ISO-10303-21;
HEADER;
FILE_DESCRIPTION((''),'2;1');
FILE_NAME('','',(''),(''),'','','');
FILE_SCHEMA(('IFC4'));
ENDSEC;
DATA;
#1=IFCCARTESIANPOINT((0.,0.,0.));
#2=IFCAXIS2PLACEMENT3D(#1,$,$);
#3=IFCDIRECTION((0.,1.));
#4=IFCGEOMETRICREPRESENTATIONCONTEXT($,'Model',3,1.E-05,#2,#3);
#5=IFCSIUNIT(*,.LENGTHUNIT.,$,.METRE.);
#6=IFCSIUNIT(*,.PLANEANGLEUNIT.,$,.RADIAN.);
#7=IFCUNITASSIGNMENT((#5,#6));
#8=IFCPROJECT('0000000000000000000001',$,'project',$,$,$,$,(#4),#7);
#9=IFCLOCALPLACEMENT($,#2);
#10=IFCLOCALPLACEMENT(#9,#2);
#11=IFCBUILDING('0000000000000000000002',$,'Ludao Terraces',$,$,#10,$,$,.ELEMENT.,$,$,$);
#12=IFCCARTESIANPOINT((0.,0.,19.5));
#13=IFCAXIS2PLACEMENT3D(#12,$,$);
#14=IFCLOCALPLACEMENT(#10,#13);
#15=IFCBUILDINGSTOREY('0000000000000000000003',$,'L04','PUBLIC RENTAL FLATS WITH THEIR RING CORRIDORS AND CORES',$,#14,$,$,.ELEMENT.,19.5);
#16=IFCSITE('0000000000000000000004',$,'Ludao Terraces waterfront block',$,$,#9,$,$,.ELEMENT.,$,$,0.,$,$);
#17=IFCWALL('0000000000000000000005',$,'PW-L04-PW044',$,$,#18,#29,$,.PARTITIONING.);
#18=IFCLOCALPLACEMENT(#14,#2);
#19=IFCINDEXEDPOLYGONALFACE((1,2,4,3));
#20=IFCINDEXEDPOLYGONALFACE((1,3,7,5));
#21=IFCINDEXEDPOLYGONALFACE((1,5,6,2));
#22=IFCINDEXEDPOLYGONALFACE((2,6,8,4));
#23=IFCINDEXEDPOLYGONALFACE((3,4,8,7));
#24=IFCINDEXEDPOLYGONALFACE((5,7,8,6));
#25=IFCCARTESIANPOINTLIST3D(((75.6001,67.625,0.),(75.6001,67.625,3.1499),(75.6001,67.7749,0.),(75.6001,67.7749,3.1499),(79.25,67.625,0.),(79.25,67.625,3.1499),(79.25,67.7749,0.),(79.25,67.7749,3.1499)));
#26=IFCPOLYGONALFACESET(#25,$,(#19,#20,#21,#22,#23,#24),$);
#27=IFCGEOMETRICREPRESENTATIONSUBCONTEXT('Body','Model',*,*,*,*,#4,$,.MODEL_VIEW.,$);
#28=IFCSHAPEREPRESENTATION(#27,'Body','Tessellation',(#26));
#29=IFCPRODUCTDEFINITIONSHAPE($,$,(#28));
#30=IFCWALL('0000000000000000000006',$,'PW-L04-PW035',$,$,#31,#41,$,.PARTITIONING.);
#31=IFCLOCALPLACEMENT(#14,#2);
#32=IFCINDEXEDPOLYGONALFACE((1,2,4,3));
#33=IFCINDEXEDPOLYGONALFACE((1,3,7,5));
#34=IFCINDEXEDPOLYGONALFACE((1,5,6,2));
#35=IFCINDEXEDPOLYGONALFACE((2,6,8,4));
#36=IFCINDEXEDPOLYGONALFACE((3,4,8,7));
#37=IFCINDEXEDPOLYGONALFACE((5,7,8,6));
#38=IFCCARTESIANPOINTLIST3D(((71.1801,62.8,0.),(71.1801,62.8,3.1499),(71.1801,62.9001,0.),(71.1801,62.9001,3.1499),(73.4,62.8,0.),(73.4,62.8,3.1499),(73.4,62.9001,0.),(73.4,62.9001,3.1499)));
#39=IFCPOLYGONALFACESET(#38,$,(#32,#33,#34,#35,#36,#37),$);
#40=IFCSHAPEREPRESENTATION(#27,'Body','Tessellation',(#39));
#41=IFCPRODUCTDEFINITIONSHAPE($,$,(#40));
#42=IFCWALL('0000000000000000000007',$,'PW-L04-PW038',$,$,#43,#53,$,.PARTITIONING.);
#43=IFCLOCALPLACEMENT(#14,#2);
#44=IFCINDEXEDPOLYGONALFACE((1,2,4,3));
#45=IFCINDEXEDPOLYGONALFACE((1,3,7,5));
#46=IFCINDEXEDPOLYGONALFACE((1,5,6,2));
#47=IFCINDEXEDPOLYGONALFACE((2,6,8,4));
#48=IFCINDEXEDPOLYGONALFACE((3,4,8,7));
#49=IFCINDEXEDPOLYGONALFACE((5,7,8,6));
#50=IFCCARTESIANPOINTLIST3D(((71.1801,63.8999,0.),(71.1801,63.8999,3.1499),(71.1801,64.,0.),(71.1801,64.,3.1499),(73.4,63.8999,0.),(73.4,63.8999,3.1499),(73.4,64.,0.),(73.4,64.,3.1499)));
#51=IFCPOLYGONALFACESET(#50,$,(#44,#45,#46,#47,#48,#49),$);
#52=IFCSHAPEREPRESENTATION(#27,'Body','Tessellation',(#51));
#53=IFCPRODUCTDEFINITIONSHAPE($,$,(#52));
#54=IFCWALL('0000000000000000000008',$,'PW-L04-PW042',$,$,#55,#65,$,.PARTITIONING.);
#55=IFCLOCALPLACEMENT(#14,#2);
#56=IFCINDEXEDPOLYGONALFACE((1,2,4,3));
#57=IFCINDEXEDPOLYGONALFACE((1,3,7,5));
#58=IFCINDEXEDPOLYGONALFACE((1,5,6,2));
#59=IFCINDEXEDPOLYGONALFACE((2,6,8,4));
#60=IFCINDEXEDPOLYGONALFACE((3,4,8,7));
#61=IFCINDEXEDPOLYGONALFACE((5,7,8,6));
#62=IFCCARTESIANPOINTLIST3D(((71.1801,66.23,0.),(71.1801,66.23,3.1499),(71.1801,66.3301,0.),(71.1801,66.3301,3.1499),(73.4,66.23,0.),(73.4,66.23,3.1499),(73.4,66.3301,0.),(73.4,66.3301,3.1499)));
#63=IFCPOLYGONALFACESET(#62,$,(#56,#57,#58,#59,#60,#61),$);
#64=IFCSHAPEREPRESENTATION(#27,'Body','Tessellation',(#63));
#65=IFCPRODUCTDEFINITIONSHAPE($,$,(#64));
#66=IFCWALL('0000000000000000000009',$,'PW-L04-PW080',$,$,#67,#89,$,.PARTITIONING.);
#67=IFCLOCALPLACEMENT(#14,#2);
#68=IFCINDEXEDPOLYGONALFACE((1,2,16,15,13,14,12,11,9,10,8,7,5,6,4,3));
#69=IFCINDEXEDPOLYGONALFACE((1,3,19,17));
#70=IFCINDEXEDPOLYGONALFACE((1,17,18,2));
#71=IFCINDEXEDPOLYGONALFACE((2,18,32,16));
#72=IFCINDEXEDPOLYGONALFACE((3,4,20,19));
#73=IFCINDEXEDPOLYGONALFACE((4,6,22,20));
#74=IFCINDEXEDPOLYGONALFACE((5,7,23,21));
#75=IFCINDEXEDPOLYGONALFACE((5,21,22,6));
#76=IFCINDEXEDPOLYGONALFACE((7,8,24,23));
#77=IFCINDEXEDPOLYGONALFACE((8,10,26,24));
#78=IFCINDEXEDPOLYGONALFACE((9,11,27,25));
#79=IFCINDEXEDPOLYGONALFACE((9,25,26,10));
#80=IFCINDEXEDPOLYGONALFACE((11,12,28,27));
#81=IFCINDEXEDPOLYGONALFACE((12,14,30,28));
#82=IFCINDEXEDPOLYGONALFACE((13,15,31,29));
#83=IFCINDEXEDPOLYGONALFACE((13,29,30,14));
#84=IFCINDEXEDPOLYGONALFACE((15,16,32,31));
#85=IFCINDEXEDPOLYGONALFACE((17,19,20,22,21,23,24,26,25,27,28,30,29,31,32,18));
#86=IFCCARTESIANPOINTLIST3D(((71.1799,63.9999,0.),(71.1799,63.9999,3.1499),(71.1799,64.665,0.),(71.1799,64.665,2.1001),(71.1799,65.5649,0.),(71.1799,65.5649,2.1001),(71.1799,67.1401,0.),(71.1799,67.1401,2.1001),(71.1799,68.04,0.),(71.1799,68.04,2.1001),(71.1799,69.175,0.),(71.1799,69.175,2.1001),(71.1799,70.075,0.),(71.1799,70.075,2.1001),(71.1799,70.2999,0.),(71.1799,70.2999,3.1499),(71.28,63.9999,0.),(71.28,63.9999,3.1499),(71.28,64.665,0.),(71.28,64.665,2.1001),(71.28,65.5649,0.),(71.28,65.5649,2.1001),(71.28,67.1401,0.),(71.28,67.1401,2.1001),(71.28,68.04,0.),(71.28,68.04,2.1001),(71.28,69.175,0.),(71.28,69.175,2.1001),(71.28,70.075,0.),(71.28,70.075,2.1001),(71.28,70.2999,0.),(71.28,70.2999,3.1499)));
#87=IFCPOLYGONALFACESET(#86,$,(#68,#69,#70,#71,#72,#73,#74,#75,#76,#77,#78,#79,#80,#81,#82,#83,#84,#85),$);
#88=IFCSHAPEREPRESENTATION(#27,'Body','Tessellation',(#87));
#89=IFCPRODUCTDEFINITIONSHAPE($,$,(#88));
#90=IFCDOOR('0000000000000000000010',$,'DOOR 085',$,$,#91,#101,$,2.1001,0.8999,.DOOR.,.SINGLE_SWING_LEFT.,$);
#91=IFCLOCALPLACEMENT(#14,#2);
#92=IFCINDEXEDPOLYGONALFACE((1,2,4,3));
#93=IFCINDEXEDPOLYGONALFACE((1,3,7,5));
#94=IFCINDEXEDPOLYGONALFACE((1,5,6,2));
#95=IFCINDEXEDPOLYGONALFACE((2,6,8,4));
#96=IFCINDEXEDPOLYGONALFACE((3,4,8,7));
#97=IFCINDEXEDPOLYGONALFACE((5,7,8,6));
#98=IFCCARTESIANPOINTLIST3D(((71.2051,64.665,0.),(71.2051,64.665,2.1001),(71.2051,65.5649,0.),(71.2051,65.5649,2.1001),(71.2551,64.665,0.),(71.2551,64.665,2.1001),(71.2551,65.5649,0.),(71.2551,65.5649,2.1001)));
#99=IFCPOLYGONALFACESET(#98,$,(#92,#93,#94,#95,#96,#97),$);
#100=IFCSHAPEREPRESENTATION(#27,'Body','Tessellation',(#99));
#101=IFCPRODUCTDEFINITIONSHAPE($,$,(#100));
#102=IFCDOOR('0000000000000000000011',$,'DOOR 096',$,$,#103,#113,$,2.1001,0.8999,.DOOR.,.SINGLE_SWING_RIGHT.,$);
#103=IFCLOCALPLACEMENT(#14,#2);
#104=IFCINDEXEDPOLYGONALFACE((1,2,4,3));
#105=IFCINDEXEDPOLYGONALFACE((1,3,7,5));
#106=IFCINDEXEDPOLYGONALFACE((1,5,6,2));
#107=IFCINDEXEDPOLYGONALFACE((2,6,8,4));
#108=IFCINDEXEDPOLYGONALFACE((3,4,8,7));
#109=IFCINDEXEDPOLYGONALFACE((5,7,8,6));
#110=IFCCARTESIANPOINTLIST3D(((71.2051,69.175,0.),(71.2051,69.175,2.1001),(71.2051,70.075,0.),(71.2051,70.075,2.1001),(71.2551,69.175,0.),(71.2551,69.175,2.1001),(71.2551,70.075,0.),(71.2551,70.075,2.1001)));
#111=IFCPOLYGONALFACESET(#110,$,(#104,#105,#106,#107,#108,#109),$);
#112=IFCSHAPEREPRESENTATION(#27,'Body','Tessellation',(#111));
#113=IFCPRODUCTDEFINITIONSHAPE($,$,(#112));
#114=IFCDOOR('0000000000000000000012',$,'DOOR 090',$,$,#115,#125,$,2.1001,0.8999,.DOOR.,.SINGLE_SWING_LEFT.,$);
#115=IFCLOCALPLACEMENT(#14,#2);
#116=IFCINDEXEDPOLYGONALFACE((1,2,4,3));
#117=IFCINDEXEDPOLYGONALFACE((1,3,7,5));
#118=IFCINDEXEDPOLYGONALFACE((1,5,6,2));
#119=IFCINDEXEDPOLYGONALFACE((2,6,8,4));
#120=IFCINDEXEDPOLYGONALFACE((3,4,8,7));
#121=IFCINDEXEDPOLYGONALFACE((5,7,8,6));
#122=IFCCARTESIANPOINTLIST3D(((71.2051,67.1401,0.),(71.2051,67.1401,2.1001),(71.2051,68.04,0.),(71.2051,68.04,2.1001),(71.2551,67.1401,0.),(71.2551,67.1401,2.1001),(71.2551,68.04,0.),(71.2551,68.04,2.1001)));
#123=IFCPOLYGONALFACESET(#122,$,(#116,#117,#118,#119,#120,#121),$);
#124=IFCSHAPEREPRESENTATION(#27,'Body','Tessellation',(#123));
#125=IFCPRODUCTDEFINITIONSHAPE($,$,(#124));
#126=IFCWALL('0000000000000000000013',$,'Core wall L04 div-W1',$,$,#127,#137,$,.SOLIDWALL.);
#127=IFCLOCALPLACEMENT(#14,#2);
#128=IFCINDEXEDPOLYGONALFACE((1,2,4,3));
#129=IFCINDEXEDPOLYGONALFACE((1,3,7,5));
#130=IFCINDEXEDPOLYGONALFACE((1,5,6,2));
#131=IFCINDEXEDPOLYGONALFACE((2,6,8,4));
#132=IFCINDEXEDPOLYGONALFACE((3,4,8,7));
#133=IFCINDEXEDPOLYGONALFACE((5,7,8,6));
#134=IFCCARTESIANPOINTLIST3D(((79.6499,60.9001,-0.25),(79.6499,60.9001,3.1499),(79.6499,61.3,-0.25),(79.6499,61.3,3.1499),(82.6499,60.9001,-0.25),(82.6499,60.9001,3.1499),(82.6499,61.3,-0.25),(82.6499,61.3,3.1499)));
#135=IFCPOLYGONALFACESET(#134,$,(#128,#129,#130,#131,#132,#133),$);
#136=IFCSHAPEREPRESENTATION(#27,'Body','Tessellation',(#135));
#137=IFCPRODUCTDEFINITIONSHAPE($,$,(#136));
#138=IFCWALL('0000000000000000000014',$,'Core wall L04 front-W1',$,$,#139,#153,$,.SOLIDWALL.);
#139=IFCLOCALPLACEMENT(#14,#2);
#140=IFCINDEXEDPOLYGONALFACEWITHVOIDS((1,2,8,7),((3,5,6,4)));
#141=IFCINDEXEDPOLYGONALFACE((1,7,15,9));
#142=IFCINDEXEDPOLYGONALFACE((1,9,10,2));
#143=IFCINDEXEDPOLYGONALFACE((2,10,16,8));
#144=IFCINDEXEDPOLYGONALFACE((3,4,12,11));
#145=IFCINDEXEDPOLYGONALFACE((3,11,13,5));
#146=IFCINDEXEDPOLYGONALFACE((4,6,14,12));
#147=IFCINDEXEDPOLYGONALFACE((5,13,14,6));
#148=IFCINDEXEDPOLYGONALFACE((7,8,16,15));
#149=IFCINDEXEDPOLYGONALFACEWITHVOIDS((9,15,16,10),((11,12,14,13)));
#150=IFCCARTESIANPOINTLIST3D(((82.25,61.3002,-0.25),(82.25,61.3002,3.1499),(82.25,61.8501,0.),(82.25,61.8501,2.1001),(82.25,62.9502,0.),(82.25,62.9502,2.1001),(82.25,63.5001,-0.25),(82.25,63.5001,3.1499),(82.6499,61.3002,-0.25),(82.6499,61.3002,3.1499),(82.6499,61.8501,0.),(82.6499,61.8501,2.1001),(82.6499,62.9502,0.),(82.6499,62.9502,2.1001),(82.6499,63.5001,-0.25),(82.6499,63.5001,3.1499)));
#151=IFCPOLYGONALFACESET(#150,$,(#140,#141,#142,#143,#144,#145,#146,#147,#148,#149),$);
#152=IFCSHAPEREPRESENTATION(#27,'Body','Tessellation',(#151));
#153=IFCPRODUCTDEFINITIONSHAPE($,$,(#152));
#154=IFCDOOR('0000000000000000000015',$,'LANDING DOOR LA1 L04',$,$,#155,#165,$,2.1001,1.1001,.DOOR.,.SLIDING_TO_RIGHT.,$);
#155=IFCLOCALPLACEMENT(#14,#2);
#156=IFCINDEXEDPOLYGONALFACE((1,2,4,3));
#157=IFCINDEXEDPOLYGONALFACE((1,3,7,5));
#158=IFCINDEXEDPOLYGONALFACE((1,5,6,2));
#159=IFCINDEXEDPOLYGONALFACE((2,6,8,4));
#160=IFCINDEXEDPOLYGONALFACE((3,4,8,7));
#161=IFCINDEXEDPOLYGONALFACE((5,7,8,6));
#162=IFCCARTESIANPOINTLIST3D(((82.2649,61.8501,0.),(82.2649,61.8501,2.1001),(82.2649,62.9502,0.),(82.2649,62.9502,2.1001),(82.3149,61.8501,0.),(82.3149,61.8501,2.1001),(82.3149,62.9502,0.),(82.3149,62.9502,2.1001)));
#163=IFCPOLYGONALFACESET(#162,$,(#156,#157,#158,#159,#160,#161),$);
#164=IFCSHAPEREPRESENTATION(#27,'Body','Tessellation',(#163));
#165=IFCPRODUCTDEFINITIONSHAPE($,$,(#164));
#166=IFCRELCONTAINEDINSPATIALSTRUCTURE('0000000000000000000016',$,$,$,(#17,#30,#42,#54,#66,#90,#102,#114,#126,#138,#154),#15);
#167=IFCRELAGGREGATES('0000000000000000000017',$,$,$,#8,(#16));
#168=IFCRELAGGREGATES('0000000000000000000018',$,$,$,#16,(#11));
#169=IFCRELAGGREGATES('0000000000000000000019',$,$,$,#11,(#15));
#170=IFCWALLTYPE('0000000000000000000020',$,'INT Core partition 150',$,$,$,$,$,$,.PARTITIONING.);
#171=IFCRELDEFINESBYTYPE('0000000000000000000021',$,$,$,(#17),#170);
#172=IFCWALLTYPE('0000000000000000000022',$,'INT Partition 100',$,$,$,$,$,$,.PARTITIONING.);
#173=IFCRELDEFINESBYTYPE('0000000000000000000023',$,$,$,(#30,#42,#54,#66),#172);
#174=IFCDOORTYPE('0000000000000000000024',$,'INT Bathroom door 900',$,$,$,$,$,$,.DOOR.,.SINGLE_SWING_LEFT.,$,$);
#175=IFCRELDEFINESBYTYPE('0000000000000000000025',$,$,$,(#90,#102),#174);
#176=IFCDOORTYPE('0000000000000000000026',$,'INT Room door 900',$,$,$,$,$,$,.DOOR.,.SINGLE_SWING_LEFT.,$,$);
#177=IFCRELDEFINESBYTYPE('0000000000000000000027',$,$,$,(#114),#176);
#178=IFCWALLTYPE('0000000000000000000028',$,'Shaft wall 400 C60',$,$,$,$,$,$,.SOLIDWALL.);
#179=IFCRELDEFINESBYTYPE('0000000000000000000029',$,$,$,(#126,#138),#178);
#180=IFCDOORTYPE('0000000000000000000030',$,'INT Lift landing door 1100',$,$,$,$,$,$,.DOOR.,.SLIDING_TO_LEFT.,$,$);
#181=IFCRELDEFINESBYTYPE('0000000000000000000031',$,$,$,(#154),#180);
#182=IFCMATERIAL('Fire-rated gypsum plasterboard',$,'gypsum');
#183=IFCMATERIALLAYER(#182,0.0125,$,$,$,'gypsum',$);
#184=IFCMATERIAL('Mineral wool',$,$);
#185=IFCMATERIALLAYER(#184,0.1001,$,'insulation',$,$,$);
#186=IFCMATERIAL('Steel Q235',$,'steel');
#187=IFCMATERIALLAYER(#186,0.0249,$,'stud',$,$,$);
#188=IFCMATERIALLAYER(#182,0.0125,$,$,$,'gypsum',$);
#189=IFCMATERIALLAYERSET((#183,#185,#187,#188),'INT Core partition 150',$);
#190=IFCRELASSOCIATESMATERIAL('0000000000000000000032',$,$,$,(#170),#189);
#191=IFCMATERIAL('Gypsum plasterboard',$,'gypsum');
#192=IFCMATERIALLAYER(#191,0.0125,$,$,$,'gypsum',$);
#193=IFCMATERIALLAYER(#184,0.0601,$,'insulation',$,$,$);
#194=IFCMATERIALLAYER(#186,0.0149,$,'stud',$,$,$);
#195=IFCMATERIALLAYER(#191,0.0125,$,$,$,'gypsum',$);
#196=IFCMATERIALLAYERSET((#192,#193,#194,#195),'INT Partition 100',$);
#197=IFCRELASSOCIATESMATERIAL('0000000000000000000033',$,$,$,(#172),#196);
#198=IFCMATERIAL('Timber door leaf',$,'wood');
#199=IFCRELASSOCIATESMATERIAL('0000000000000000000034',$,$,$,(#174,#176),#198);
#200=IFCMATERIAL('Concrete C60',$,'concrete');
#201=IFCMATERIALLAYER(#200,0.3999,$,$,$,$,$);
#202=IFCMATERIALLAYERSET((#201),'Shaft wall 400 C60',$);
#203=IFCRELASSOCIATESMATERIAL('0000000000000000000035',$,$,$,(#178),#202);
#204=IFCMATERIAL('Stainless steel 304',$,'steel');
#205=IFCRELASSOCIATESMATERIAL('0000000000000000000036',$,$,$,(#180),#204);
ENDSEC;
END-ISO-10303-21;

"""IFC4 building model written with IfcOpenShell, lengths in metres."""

from ifc_helpers import new_model, si_unit, direction, frame, frame_2d, origin, place, context, subcontext, project, spatial, rectangle, extrude, material, layer, layer_set, type_object, element, fill, save


model = new_model("IFC4")

# Units and contexts
model_context = context("Model", 3, precision=1e-05, world=origin(), true_north=direction((0.0, 1.0)))
body_context = subcontext(model_context, "Body", "Model", "MODEL_VIEW")
ifc_project = project(units=[si_unit("LENGTHUNIT", "METRE"), si_unit("PLANEANGLEUNIT", "RADIAN")], contexts=[model_context])

# Site, building, storey
site_placement = place(None, origin())
site = spatial("IfcSite", under=ifc_project, at=site_placement, Name="Ludao Terraces waterfront block", CompositionType="ELEMENT", RefElevation=0.0)
building_placement = place(site_placement, origin())
building = spatial("IfcBuilding", under=site, at=building_placement, Name="Ludao Terraces", CompositionType="ELEMENT")
storey_placement = place(building_placement, frame((0.0, 0.0, 19.5)))
storey = spatial("IfcBuildingStorey", under=building, at=storey_placement, Name="L04", Description="PUBLIC RENTAL FLATS WITH THEIR RING CORRIDORS AND CORES", CompositionType="ELEMENT", Elevation=19.5)

# Walls
ifc_material_1 = material(Name="Fire-rated gypsum plasterboard", Category="gypsum")
ifc_layer_1 = layer(ifc_material_1, 0.0125, Category="gypsum")
ifc_material_2 = material(Name="Mineral wool")
ifc_layer_2 = layer(ifc_material_2, 0.1001, Name="insulation")
ifc_material_3 = material(Name="Steel Q235", Category="steel")
ifc_layer_3 = layer(ifc_material_3, 0.0249, Name="stud")
ifc_layer_4 = layer(ifc_material_1, 0.0125, Category="gypsum")
ifc_layer_set_1 = layer_set([ifc_layer_1, ifc_layer_2, ifc_layer_3, ifc_layer_4], Name="INT Core partition 150")
wall_type_1 = type_object("IfcWallType", Name="INT Core partition 150", PredefinedType="PARTITIONING", material=ifc_layer_set_1)
wall_1_placement = place(storey_placement, frame((75.6001, 67.7, 0.0), z_axis=(0.0, 0.0, 1.0), x_axis=(1.0, 0.0, 0.0)))
element("IfcWall", 1, at=wall_1_placement, inside=storey, type_object=wall_type_1, Name="PW-L04-PW044", PredefinedType="PARTITIONING", context=body_context, shape_type="SweptSolid", body=[
    extrude(rectangle(XDim=3.6499, YDim=0.1499, at=frame_2d((1.825, 0.0))), origin(), (0.0, 0.0, 1.0), 3.1499),
])
ifc_material_4 = material(Name="Gypsum plasterboard", Category="gypsum")
ifc_layer_5 = layer(ifc_material_4, 0.0125, Category="gypsum")
ifc_layer_6 = layer(ifc_material_2, 0.0601, Name="insulation")
ifc_layer_7 = layer(ifc_material_3, 0.0149, Name="stud")
ifc_layer_8 = layer(ifc_material_4, 0.0125, Category="gypsum")
ifc_layer_set_2 = layer_set([ifc_layer_5, ifc_layer_6, ifc_layer_7, ifc_layer_8], Name="INT Partition 100")
wall_type_2 = type_object("IfcWallType", Name="INT Partition 100", PredefinedType="PARTITIONING", material=ifc_layer_set_2)
for number, where, z_axis, x_axis, name in (
    (2, (71.1802, 62.8501, 0.0), (0.0, 0.0, 1.0), (1.0, 0.0, 0.0), "PW-L04-PW035"),
    (3, (71.1802, 63.95, 0.0), (0.0, 0.0, 1.0), (1.0, 0.0, 0.0), "PW-L04-PW038"),
    (4, (71.1802, 66.28, 0.0), (0.0, 0.0, 1.0), (1.0, 0.0, 0.0), "PW-L04-PW042"),
):
    element("IfcWall", number, at=place(storey_placement, frame(where, z_axis=z_axis, x_axis=x_axis)), inside=storey, type_object=wall_type_2, Name=name, PredefinedType="PARTITIONING", context=body_context, shape_type="SweptSolid", body=[
        extrude(rectangle(XDim=2.22, YDim=0.1001, at=frame_2d((1.1099, 0.0))), origin(), (0.0, 0.0, 1.0), 3.1499),
    ])

# Wall, openings, doors
wall_2_placement = place(storey_placement, frame((71.23, 64.0, 0.0), z_axis=(0.0, 0.0, 1.0), x_axis=(0.0, 1.0, 0.0)))
wall_2 = element("IfcWall", 5, at=wall_2_placement, inside=storey, type_object=wall_type_2, Name="PW-L04-PW080", PredefinedType="PARTITIONING", context=body_context, shape_type="SweptSolid", body=[
    extrude(rectangle(XDim=6.3, YDim=0.1001, at=frame_2d((3.1499, 0.0))), origin(), (0.0, 0.0, 1.0), 3.1499),
])
opening_1_placement = place(wall_2_placement, frame((0.665, 0.0, 0.0)))
opening_1 = element("IfcOpeningElement", 6, at=opening_1_placement, cuts=wall_2, PredefinedType="OPENING", context=body_context, shape_type="SweptSolid", body=[
    extrude(rectangle(XDim=0.8999, YDim=2.1001, at=frame_2d((0.45, 1.05))), frame((0.0, 0.0601, 0.0), z_axis=(0.0, -1.0, 0.0), x_axis=(1.0, 0.0, 0.0)), (0.0, 0.0, 1.0), 0.1201),
])
opening_2_placement = place(wall_2_placement, frame((3.1401, 0.0, 0.0)))
opening_2 = element("IfcOpeningElement", 7, at=opening_2_placement, cuts=wall_2, PredefinedType="OPENING", context=body_context, shape_type="SweptSolid", body=[
    extrude(rectangle(XDim=0.8999, YDim=2.1001, at=frame_2d((0.45, 1.05))), frame((0.0, 0.0601, 0.0), z_axis=(0.0, -1.0, 0.0), x_axis=(1.0, 0.0, 0.0)), (0.0, 0.0, 1.0), 0.1201),
])
opening_3_placement = place(wall_2_placement, frame((5.175, 0.0, 0.0)))
opening_3 = element("IfcOpeningElement", 8, at=opening_3_placement, cuts=wall_2, PredefinedType="OPENING", context=body_context, shape_type="SweptSolid", body=[
    extrude(rectangle(XDim=0.8999, YDim=2.1001, at=frame_2d((0.45, 1.05))), frame((0.0, 0.0601, 0.0), z_axis=(0.0, -1.0, 0.0), x_axis=(1.0, 0.0, 0.0)), (0.0, 0.0, 1.0), 0.1201),
])
ifc_material_5 = material(Name="Timber door leaf", Category="wood")
door_type_1 = type_object("IfcDoorType", Name="INT Bathroom door 900", OperationType="SINGLE_SWING_LEFT", PredefinedType="DOOR", material=ifc_material_5)
door_1_placement = place(opening_1_placement, origin())
door_1 = element("IfcDoor", 9, at=door_1_placement, inside=storey, type_object=door_type_1, Name="DOOR 085", OperationType="SINGLE_SWING_LEFT", OverallHeight=2.1001, OverallWidth=0.8999, PredefinedType="DOOR", context=body_context, shape_type="SweptSolid", body=[
    extrude(rectangle(XDim=0.8999, YDim=2.1001, at=frame_2d((0.45, 1.05))), frame((0.0, 0.0249, 0.0), z_axis=(0.0, -1.0, 0.0), x_axis=(1.0, 0.0, 0.0)), (0.0, 0.0, 1.0), 0.05),
])
fill(opening_1, door_1)
door_2_placement = place(opening_3_placement, origin())
door_2 = element("IfcDoor", 10, at=door_2_placement, inside=storey, type_object=door_type_1, Name="DOOR 096", OperationType="SINGLE_SWING_RIGHT", OverallHeight=2.1001, OverallWidth=0.8999, PredefinedType="DOOR", context=body_context, shape_type="SweptSolid", body=[
    extrude(rectangle(XDim=0.8999, YDim=2.1001, at=frame_2d((0.45, 1.05))), frame((0.0, 0.0249, 0.0), z_axis=(0.0, -1.0, 0.0), x_axis=(1.0, 0.0, 0.0)), (0.0, 0.0, 1.0), 0.05),
])
fill(opening_3, door_2)
door_type_2 = type_object("IfcDoorType", Name="INT Room door 900", OperationType="SINGLE_SWING_LEFT", PredefinedType="DOOR", material=ifc_material_5)
door_3_placement = place(opening_2_placement, origin())
door_3 = element("IfcDoor", 11, at=door_3_placement, inside=storey, type_object=door_type_2, Name="DOOR 090", OperationType="SINGLE_SWING_LEFT", OverallHeight=2.1001, OverallWidth=0.8999, PredefinedType="DOOR", context=body_context, shape_type="SweptSolid", body=[
    extrude(rectangle(XDim=0.8999, YDim=2.1001, at=frame_2d((0.45, 1.05))), frame((0.0, 0.0249, 0.0), z_axis=(0.0, -1.0, 0.0), x_axis=(1.0, 0.0, 0.0)), (0.0, 0.0, 1.0), 0.05),
])
fill(opening_2, door_3)

# Wall
ifc_material_6 = material(Name="Concrete C60", Category="concrete")
ifc_layer_9 = layer(ifc_material_6, 0.3999)
ifc_layer_set_3 = layer_set([ifc_layer_9], Name="Shaft wall 400 C60")
wall_type_3 = type_object("IfcWallType", Name="Shaft wall 400 C60", PredefinedType="SOLIDWALL", material=ifc_layer_set_3)
wall_3_placement = place(storey_placement, frame((79.6499, 61.1001, -0.25), z_axis=(0.0, 0.0, 1.0), x_axis=(1.0, 0.0, 0.0)))
element("IfcWall", 12, at=wall_3_placement, inside=storey, type_object=wall_type_3, Name="Core wall L04 div-W1", PredefinedType="SOLIDWALL", context=body_context, shape_type="SweptSolid", body=[
    extrude(rectangle(XDim=3.0, YDim=0.3999, at=frame_2d((1.5, 0.0))), origin(), (0.0, 0.0, 1.0), 3.3999),
])

# Wall, opening, door
wall_4_placement = place(storey_placement, frame((82.45, 61.3, -0.25), z_axis=(0.0, 0.0, 1.0), x_axis=(0.0, 1.0, 0.0)))
wall_4 = element("IfcWall", 13, at=wall_4_placement, inside=storey, type_object=wall_type_3, Name="Core wall L04 front-W1", PredefinedType="SOLIDWALL", context=body_context, shape_type="SweptSolid", body=[
    extrude(rectangle(XDim=2.2, YDim=0.3999, at=frame_2d((1.1001, 0.0))), origin(), (0.0, 0.0, 1.0), 3.3999),
])
opening_4_placement = place(wall_4_placement, frame((0.55, 0.0, 0.25)))
opening_4 = element("IfcOpeningElement", 14, at=opening_4_placement, cuts=wall_4, PredefinedType="OPENING", context=body_context, shape_type="SweptSolid", body=[
    extrude(rectangle(XDim=1.1001, YDim=2.1001, at=frame_2d((0.55, 1.05))), frame((0.0, 0.21, 0.0), z_axis=(0.0, -1.0, 0.0), x_axis=(1.0, 0.0, 0.0)), (0.0, 0.0, 1.0), 0.4199),
])
ifc_material_7 = material(Name="Stainless steel 304", Category="steel")
door_type_3 = type_object("IfcDoorType", Name="INT Lift landing door 1100", OperationType="SLIDING_TO_LEFT", PredefinedType="DOOR", material=ifc_material_7)
door_4_placement = place(opening_4_placement, origin())
door_4 = element("IfcDoor", 15, at=door_4_placement, inside=storey, type_object=door_type_3, Name="LANDING DOOR LA1 L04", OperationType="SLIDING_TO_RIGHT", OverallHeight=2.1001, OverallWidth=1.1001, PredefinedType="DOOR", context=body_context, shape_type="SweptSolid", body=[
    extrude(rectangle(XDim=1.1001, YDim=2.1001, at=frame_2d((0.55, 1.05))), frame((0.0, 0.1851, 0.0), z_axis=(0.0, -1.0, 0.0), x_axis=(1.0, 0.0, 0.0)), (0.0, 0.0, 1.0), 0.05),
])
fill(opening_4, door_4)

save(model, "model.ifc")
